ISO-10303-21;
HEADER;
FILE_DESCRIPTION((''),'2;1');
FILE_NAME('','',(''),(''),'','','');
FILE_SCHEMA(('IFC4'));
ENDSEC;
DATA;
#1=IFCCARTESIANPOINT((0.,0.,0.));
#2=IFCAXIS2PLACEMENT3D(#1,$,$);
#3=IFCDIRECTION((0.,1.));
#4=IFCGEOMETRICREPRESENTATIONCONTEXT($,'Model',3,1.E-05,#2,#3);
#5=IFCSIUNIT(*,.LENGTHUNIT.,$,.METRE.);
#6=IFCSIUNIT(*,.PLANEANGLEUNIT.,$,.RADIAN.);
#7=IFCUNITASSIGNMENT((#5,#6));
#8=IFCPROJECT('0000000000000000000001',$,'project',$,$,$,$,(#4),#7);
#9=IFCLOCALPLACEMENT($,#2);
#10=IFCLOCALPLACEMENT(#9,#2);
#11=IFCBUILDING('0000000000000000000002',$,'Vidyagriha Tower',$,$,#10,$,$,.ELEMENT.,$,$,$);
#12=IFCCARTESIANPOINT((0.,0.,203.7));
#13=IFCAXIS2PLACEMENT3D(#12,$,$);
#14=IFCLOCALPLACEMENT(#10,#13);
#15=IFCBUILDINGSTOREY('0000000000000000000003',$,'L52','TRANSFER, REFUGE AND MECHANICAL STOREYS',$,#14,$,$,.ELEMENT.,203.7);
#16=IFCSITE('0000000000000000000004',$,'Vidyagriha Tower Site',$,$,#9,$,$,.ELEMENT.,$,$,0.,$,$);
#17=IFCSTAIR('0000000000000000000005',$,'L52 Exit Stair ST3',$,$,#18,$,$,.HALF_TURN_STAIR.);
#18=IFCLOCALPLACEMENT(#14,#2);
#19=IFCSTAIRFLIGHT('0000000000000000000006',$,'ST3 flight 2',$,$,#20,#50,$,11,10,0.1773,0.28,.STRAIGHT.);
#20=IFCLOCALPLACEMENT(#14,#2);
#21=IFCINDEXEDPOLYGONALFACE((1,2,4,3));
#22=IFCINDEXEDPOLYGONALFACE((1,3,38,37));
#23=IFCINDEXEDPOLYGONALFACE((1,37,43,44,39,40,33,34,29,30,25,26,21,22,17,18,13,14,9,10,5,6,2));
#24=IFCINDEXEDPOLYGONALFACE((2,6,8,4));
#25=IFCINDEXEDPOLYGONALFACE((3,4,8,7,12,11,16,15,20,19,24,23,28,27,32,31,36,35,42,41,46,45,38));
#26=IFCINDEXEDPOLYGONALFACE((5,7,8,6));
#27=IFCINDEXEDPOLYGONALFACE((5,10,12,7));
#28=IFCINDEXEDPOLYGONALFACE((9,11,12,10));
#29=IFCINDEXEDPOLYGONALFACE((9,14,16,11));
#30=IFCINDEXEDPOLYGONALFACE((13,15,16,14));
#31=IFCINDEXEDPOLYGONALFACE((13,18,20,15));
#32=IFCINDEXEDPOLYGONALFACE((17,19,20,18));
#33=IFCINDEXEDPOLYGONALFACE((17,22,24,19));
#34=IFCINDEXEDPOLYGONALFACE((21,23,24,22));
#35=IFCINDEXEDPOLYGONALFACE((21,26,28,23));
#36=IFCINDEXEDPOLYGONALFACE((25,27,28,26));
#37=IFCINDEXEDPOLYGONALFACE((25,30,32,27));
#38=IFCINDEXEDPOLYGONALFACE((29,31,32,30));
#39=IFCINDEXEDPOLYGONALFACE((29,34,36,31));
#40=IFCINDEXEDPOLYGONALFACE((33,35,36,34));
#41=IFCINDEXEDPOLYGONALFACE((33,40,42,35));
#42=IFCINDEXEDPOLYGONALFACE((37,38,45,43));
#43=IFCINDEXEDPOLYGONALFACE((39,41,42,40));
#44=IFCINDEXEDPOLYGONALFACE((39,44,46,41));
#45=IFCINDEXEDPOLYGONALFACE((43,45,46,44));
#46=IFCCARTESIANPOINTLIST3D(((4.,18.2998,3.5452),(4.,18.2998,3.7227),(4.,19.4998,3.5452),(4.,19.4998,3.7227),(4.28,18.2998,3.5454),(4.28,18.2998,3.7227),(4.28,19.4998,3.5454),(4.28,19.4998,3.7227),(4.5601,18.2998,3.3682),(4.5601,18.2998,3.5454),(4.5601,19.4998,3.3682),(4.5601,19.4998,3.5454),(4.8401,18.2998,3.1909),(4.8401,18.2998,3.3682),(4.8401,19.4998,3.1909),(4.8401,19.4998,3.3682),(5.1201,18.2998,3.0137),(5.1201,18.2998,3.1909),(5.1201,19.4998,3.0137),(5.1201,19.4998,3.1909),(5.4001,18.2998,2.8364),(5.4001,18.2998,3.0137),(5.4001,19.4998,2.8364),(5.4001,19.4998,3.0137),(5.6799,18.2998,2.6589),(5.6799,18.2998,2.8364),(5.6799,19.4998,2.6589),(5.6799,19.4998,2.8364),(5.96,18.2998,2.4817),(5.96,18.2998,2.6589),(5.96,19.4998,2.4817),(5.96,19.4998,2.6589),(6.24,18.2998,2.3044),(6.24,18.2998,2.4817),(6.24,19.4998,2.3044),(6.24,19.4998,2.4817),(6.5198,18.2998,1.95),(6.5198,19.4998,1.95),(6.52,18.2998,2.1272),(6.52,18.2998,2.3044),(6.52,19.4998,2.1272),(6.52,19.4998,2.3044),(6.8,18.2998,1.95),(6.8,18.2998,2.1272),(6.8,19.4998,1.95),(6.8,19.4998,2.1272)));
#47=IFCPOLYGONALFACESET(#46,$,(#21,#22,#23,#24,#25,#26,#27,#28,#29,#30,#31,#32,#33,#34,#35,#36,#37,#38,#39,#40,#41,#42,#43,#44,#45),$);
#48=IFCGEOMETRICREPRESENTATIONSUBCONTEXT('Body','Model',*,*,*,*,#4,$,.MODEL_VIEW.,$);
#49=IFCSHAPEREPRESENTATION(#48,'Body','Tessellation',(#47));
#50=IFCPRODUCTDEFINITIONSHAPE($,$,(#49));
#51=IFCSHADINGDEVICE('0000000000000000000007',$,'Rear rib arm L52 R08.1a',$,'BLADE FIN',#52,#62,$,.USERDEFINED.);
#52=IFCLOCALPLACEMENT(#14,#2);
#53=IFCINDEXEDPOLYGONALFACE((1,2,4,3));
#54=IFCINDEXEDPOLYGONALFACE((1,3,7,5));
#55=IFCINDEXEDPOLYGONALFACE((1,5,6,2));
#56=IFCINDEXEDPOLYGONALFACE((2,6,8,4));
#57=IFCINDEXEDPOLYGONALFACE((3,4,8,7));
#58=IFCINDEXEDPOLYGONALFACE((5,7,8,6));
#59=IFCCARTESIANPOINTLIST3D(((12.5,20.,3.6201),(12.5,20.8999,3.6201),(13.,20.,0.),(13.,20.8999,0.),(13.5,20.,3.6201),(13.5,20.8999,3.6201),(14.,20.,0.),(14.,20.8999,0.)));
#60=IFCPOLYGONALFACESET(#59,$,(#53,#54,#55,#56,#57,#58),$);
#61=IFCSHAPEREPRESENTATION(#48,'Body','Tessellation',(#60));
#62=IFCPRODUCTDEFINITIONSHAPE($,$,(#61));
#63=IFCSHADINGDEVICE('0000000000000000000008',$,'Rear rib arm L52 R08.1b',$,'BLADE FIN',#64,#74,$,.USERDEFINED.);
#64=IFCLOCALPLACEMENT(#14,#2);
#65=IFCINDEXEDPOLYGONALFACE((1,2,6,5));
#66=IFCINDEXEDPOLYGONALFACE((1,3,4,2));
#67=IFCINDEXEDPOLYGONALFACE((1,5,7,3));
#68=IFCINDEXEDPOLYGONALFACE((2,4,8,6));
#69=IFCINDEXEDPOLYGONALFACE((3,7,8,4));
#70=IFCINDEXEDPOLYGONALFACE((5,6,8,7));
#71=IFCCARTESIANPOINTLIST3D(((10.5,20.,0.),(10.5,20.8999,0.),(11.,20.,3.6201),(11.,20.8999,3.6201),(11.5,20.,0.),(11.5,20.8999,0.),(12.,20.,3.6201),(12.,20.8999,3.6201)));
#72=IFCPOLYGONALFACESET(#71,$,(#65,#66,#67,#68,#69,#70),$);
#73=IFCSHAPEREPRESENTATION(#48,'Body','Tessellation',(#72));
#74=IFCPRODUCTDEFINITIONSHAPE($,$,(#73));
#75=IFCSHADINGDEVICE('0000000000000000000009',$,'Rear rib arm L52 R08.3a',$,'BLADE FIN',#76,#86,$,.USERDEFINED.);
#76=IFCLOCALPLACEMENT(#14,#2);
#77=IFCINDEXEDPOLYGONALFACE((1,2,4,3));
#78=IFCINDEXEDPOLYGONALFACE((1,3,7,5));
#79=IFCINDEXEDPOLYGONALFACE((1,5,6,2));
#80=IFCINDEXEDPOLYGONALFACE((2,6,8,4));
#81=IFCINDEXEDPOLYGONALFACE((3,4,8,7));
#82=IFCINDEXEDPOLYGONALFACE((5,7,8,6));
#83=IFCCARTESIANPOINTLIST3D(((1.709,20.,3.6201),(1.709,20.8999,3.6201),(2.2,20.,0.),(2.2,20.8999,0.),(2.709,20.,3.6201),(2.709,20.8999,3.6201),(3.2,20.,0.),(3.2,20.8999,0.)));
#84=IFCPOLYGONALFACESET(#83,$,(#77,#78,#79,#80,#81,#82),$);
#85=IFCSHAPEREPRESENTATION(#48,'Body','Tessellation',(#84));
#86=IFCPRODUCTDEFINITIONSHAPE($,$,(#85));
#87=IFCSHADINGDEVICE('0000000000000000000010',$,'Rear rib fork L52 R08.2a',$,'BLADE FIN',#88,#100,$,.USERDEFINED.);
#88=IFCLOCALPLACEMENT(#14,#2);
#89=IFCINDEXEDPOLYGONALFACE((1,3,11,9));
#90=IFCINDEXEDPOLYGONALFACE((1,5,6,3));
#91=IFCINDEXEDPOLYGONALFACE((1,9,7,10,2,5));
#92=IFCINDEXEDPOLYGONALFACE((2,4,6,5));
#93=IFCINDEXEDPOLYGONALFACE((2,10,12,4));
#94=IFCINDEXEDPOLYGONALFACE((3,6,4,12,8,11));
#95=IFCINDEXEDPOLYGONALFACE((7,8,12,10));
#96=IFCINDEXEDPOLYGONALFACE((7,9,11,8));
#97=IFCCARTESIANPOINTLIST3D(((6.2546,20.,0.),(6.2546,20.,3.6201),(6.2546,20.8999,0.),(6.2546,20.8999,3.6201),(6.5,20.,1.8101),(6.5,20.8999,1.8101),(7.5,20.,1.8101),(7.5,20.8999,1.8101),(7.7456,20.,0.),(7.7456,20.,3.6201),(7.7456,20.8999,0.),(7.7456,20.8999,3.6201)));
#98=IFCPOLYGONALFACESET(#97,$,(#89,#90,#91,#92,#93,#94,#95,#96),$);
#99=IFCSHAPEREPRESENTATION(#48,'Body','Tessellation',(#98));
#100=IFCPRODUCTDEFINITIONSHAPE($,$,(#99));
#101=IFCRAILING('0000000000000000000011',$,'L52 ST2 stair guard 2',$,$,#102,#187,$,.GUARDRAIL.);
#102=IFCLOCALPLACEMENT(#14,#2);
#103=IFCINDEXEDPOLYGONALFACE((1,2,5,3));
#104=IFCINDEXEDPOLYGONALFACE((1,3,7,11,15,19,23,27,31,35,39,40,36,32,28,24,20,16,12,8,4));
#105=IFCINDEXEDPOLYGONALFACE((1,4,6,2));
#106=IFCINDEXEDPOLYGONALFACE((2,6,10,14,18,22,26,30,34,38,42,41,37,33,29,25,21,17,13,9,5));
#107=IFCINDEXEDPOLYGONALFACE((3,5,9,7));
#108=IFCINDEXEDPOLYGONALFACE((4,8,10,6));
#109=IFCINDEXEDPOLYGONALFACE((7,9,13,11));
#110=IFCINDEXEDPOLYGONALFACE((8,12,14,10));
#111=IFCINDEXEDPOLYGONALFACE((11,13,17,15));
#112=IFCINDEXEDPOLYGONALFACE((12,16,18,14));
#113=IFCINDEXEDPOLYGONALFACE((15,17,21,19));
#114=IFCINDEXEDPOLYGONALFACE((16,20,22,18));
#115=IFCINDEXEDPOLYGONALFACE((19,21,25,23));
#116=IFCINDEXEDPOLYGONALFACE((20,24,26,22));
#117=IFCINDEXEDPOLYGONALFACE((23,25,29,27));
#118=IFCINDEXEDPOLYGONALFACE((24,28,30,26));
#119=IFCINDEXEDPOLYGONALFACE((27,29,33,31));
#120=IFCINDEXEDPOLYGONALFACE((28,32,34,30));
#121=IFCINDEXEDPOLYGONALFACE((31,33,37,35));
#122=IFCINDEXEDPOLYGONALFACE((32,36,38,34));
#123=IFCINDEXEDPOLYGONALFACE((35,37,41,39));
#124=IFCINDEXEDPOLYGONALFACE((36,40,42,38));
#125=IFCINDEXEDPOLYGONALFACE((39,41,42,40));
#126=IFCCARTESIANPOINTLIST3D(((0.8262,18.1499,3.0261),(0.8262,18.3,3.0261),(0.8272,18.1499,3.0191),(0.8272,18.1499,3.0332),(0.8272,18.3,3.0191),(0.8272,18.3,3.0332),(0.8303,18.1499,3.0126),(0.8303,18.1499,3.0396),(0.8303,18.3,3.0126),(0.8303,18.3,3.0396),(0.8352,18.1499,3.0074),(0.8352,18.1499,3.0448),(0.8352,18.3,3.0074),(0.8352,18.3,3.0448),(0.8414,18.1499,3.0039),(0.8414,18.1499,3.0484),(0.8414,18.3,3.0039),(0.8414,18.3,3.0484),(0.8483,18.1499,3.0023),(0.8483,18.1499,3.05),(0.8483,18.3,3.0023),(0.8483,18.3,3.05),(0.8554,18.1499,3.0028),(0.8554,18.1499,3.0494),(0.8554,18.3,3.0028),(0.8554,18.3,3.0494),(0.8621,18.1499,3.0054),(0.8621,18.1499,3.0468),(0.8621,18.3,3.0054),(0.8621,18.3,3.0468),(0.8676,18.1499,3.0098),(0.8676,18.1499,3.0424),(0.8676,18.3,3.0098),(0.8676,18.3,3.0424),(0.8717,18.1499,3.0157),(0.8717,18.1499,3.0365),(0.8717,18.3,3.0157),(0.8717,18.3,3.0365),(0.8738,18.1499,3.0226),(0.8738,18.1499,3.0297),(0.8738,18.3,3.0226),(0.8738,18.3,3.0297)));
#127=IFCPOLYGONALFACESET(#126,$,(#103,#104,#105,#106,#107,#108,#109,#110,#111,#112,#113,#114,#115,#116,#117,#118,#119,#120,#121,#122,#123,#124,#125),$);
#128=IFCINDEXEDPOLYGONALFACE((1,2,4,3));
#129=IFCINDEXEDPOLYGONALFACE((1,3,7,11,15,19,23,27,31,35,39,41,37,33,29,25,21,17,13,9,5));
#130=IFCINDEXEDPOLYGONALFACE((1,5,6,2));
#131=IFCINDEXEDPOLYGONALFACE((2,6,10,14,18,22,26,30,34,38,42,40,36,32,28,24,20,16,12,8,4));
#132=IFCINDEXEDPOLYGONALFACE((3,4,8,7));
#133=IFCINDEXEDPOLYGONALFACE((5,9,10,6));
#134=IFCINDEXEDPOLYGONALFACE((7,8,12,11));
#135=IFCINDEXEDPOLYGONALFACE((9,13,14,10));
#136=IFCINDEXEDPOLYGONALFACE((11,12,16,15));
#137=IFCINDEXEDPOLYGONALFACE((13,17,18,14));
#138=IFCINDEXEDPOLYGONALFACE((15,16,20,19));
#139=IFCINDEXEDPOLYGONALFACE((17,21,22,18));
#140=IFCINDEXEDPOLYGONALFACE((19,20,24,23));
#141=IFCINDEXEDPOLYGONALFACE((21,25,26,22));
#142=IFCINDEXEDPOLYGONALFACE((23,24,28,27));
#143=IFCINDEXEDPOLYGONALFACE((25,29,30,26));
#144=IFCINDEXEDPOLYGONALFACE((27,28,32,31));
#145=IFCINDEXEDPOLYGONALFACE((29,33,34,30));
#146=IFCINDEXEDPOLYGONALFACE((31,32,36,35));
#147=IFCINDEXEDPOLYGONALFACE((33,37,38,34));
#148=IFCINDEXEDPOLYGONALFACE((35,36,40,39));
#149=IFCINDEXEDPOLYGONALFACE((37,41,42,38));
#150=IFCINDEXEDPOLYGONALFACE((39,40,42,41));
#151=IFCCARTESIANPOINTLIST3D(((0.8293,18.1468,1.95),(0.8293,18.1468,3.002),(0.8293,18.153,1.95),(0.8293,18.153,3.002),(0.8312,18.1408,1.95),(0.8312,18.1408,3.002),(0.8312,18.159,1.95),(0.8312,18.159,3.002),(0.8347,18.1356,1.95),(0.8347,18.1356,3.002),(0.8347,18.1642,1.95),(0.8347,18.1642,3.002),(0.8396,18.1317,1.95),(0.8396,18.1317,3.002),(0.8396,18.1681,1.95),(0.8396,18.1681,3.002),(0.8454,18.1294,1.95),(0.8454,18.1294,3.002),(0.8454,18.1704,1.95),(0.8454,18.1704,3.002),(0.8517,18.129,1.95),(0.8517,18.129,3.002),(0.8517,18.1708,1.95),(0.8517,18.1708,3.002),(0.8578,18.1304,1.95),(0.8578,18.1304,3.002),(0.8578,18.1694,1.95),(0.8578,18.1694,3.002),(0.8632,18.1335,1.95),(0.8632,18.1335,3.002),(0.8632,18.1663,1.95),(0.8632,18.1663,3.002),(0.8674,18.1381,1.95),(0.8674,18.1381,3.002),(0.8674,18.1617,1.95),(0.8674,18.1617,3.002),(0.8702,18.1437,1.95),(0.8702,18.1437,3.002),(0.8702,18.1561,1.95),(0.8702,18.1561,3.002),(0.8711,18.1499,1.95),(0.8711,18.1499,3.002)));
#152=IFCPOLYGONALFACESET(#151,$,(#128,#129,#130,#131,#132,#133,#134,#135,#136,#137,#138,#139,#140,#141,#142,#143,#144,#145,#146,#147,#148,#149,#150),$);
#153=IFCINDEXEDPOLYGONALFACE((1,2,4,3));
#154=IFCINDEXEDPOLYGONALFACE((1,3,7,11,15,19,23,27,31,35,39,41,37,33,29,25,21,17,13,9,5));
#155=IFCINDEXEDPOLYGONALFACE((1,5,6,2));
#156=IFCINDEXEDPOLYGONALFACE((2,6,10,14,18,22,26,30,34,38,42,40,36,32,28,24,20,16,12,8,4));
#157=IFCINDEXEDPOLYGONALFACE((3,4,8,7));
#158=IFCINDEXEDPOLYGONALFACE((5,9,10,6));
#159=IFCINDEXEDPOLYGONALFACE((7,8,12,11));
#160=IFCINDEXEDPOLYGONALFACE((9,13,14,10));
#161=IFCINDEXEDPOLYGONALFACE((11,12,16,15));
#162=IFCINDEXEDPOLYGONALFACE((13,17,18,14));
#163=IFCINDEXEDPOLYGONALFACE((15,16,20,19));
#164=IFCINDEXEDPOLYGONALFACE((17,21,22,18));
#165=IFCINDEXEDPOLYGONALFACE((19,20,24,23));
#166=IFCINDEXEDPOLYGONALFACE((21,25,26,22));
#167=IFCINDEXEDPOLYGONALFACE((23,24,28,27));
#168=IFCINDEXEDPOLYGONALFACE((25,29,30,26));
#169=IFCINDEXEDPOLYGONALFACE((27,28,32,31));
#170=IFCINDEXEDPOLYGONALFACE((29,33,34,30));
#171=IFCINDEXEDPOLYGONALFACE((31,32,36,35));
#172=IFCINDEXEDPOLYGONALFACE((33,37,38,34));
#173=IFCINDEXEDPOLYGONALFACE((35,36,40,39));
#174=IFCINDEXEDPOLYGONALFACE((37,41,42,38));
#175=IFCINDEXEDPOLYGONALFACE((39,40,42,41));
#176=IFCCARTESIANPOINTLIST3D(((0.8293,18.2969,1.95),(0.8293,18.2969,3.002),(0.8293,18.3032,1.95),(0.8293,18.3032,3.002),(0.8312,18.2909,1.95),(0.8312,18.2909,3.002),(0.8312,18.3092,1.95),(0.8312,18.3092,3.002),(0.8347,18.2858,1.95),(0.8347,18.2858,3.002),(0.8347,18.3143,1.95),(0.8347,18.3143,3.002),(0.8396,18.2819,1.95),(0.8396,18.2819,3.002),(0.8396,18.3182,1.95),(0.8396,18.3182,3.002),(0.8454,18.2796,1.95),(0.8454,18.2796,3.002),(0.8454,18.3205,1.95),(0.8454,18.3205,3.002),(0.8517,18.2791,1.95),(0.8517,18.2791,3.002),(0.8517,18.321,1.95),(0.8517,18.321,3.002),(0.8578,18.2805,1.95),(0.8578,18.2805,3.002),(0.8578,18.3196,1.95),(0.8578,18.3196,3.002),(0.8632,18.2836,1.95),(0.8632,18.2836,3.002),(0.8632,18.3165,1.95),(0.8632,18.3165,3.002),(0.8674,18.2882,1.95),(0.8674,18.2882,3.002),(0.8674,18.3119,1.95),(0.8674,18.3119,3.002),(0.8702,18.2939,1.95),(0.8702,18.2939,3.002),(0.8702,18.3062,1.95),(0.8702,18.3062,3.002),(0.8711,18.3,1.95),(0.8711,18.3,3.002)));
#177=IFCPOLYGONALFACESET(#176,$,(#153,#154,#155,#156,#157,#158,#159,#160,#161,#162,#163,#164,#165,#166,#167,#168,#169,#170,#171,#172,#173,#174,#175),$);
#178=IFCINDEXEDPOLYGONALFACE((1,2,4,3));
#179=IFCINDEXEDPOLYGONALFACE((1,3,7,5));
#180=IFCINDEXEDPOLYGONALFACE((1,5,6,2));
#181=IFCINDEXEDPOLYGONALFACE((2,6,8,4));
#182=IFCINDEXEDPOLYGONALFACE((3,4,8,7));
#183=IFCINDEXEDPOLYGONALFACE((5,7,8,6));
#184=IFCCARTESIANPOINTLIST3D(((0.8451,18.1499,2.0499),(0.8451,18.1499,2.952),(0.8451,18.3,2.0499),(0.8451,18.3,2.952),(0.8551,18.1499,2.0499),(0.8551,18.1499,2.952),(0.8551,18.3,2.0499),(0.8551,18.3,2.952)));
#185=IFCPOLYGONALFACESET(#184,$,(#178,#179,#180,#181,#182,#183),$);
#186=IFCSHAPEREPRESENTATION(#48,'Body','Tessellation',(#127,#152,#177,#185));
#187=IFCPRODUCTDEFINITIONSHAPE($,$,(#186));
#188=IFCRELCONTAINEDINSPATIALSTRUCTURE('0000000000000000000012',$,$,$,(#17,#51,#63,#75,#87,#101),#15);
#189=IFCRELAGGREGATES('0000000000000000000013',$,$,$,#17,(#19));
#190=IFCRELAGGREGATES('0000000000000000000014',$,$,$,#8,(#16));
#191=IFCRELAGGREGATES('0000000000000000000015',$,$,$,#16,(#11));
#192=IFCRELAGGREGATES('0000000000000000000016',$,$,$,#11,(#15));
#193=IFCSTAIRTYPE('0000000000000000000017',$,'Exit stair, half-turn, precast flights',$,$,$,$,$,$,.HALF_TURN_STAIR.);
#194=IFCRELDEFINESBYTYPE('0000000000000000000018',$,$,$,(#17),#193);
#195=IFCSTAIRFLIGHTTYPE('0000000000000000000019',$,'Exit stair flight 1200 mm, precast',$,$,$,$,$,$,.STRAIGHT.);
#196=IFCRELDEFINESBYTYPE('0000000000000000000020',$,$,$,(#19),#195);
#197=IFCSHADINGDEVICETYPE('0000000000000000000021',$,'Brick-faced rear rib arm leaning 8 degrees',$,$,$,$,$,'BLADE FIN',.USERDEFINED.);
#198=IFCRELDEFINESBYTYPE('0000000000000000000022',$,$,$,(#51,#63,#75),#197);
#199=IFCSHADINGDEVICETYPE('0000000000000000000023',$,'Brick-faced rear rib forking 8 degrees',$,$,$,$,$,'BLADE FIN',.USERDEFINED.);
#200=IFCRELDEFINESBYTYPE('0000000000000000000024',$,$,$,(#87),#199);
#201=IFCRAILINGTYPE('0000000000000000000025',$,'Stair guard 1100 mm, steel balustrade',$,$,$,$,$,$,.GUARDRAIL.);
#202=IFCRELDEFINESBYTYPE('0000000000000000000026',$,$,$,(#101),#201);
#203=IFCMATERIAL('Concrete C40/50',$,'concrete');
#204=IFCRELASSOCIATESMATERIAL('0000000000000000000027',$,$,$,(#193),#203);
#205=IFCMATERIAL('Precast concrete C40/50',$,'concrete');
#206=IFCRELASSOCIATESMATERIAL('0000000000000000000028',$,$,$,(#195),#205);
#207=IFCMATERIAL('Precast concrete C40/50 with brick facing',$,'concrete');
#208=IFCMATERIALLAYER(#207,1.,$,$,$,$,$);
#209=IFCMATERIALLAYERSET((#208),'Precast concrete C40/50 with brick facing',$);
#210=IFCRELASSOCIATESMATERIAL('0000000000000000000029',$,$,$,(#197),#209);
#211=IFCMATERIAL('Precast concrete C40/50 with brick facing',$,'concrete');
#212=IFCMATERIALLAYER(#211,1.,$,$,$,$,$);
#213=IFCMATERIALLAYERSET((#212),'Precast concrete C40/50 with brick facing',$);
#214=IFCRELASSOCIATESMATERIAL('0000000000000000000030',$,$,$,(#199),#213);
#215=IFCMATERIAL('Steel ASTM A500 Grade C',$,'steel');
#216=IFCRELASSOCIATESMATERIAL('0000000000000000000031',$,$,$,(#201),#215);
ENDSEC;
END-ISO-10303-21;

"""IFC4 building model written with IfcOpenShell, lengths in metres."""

from ifc_helpers import new_model, si_unit, direction, frame, origin, origin_2d, place, context, subcontext, project, spatial, polyline, rectangle, circle, outline, extrude, material, layer, layer_set, type_object, element, aggregate, save


model = new_model("IFC4")

# Units and contexts
model_context = context("Model", 3, precision=1e-05, world=origin(), true_north=direction((0.0, 1.0)))
body_context = subcontext(model_context, "Body", "Model", "MODEL_VIEW")
ifc_project = project(units=[si_unit("LENGTHUNIT", "METRE"), si_unit("PLANEANGLEUNIT", "RADIAN")], contexts=[model_context])

# Site, building, storey
site_placement = place(None, origin())
site = spatial("IfcSite", under=ifc_project, at=site_placement, Name="Vidyagriha Tower Site", CompositionType="ELEMENT", RefElevation=0.0)
building_placement = place(site_placement, origin())
building = spatial("IfcBuilding", under=site, at=building_placement, Name="Vidyagriha Tower", CompositionType="ELEMENT")
storey_placement = place(building_placement, frame((0.0, 0.0, 203.7)))
storey = spatial("IfcBuildingStorey", under=building, at=storey_placement, Name="L52", Description="TRANSFER, REFUGE AND MECHANICAL STOREYS", CompositionType="ELEMENT", Elevation=203.7)

# Shared definitions
ifc_material_1 = material(Name="Concrete C40/50", Category="concrete")
stair_type = type_object("IfcStairType", Name="Exit stair, half-turn, precast flights", PredefinedType="HALF_TURN_STAIR", material=ifc_material_1)
ifc_material_2 = material(Name="Precast concrete C40/50", Category="concrete")
stair_flight_type = type_object("IfcStairFlightType", Name="Exit stair flight 1200 mm, precast", PredefinedType="STRAIGHT", material=ifc_material_2)

# Stair, stair flight
stair_1_placement = place(storey_placement, origin())
stair_1 = element("IfcStair", 1, at=stair_1_placement, inside=storey, type_object=stair_type, Name="L52 Exit Stair ST3", PredefinedType="HALF_TURN_STAIR")
stair_flight_1_placement = place(storey_placement, frame((6.8, 18.8999, 1.95), z_axis=(0.0, 0.0, 1.0), x_axis=(-1.0, 0.0, 0.0)))
stair_flight_1 = element("IfcStairFlight", 2, at=stair_flight_1_placement, type_object=stair_flight_type, Name="ST3 flight 2", NumberOfRisers=11, NumberOfTreads=10, PredefinedType="STRAIGHT", RiserHeight=0.1773, TreadLength=0.28, context=body_context, shape_type="SweptSolid", body=[
    extrude(outline(polyline([(0.0, 0.0), (0.0, 0.1772), (0.28, 0.1772), (0.28, 0.3545), (0.5601, 0.3545), (0.5601, 0.5317), (0.8401, 0.5317), (0.8401, 0.709), (1.1201, 0.709), (1.1201, 0.8865), (1.3999, 0.8865), (1.3999, 1.0637), (1.6799, 1.0637), (1.6799, 1.241), (1.96, 1.241), (1.96, 1.4182), (2.24, 1.4182), (2.24, 1.5955), (2.52, 1.5955), (2.52, 1.7727), (2.8, 1.7727), (2.8, 1.95), (2.8, 1.5952), (0.2803, 0.0), (0.0, 0.0)])), frame((0.0, 0.6001, 0.0), z_axis=(0.0, -1.0, 0.0), x_axis=(1.0, 0.0, 0.0)), (0.0, 0.0, 1.0), 1.2),
])
aggregate(stair_1, [stair_flight_1])

# Shading devices
ifc_material_3 = material(Name="Precast concrete C40/50 with brick facing", Category="concrete")
ifc_layer_1 = layer(ifc_material_3, 1.0)
ifc_layer_set_1 = layer_set([ifc_layer_1], Name="Precast concrete C40/50 with brick facing")
shading_device_type_1 = type_object("IfcShadingDeviceType", Name="Brick-faced rear rib arm leaning 8 degrees", ElementType="BLADE FIN", PredefinedType="USERDEFINED", material=ifc_layer_set_1)
shading_device_1_placement = place(storey_placement, frame((14.0, 20.45, 0.0), z_axis=(0.0, 0.0, 1.0), x_axis=(-1.0, 0.0, 0.0)))
element("IfcShadingDevice", 3, at=shading_device_1_placement, inside=storey, type_object=shading_device_type_1, Name="Rear rib arm L52 R08.1a", ObjectType="BLADE FIN", PredefinedType="USERDEFINED", context=body_context, shape_type="SweptSolid", body=[
    extrude(outline(polyline([(0.0, 0.0), (1.0, 0.0), (1.5, 3.6201), (0.5, 3.6201), (0.0, 0.0)])), frame((0.0, 0.45, 0.0), z_axis=(0.0, -1.0, 0.0), x_axis=(1.0, 0.0, 0.0)), (0.0, 0.0, 1.0), 0.8999),
])
shading_device_2_placement = place(storey_placement, frame((12.0, 20.45, 0.0), z_axis=(0.0, 0.0, 1.0), x_axis=(-1.0, 0.0, 0.0)))
element("IfcShadingDevice", 4, at=shading_device_2_placement, inside=storey, type_object=shading_device_type_1, Name="Rear rib arm L52 R08.1b", ObjectType="BLADE FIN", PredefinedType="USERDEFINED", context=body_context, shape_type="SweptSolid", body=[
    extrude(outline(polyline([(0.5, 0.0), (1.5, 0.0), (1.0, 3.6201), (0.0, 3.6201), (0.5, 0.0)])), frame((0.0, 0.45, 0.0), z_axis=(0.0, -1.0, 0.0), x_axis=(1.0, 0.0, 0.0)), (0.0, 0.0, 1.0), 0.8999),
])
shading_device_3_placement = place(storey_placement, frame((3.2, 20.45, 0.0), z_axis=(0.0, 0.0, 1.0), x_axis=(-1.0, 0.0, 0.0)))
element("IfcShadingDevice", 5, at=shading_device_3_placement, inside=storey, type_object=shading_device_type_1, Name="Rear rib arm L52 R08.3a", ObjectType="BLADE FIN", PredefinedType="USERDEFINED", context=body_context, shape_type="SweptSolid", body=[
    extrude(outline(polyline([(0.0, 0.0), (1.0, 0.0), (1.491, 3.6201), (0.491, 3.6201), (0.0, 0.0)])), frame((0.0, 0.45, 0.0), z_axis=(0.0, -1.0, 0.0), x_axis=(1.0, 0.0, 0.0)), (0.0, 0.0, 1.0), 0.8999),
])
ifc_material_4 = material(Name="Precast concrete C40/50 with brick facing", Category="concrete")
ifc_layer_2 = layer(ifc_material_4, 1.0)
ifc_layer_set_2 = layer_set([ifc_layer_2], Name="Precast concrete C40/50 with brick facing")
shading_device_type_2 = type_object("IfcShadingDeviceType", Name="Brick-faced rear rib forking 8 degrees", ElementType="BLADE FIN", PredefinedType="USERDEFINED", material=ifc_layer_set_2)
shading_device_4_placement = place(storey_placement, frame((7.7456, 20.45, 0.0), z_axis=(0.0, 0.0, 1.0), x_axis=(-1.0, 0.0, 0.0)))
element("IfcShadingDevice", 6, at=shading_device_4_placement, inside=storey, type_object=shading_device_type_2, Name="Rear rib fork L52 R08.2a", ObjectType="BLADE FIN", PredefinedType="USERDEFINED", context=body_context, shape_type="SweptSolid", body=[
    extrude(outline(polyline([(0.0, 0.0), (1.491, 0.0), (1.2456, 1.8101), (1.491, 3.6201), (0.0, 3.6201), (0.2456, 1.8101), (0.0, 0.0)])), frame((0.0, 0.45, 0.0), z_axis=(0.0, -1.0, 0.0), x_axis=(1.0, 0.0, 0.0)), (0.0, 0.0, 1.0), 0.8999),
])

# Railing
ifc_material_5 = material(Name="Steel ASTM A500 Grade C", Category="steel")
railing_type_1 = type_object("IfcRailingType", Name="Stair guard 1100 mm, steel balustrade", PredefinedType="GUARDRAIL", material=ifc_material_5)
railing_1_placement = place(storey_placement, frame((0.8501, 18.1499, 1.95)))
element("IfcRailing", 7, at=railing_1_placement, inside=storey, type_object=railing_type_1, Name="L52 ST2 stair guard 2", PredefinedType="GUARDRAIL", context=body_context, shape_type="SweptSolid", body=[
    extrude(circle(Radius=0.0239, at=origin_2d()), frame((0.0, 0.0, 1.0762), z_axis=(0.0, 1.0, 0.0), x_axis=(-1.0, 0.0, 0.0)), (0.0, 0.0, 1.0), 0.1501),
    extrude(circle(Radius=0.021, at=origin_2d()), origin(), (0.0, 0.0, 1.0), 1.052),
    extrude(circle(Radius=0.021, at=origin_2d()), frame((0.0, 0.1501, 0.0)), (0.0, 0.0, 1.0), 1.052),
    extrude(rectangle(XDim=0.01, YDim=0.9021, at=origin_2d()), frame((0.0, 0.0, 0.551), z_axis=(0.0, 1.0, 0.0), x_axis=(-1.0, 0.0, 0.0)), (0.0, 0.0, 1.0), 0.1501),
])

save(model, "model.ifc")
